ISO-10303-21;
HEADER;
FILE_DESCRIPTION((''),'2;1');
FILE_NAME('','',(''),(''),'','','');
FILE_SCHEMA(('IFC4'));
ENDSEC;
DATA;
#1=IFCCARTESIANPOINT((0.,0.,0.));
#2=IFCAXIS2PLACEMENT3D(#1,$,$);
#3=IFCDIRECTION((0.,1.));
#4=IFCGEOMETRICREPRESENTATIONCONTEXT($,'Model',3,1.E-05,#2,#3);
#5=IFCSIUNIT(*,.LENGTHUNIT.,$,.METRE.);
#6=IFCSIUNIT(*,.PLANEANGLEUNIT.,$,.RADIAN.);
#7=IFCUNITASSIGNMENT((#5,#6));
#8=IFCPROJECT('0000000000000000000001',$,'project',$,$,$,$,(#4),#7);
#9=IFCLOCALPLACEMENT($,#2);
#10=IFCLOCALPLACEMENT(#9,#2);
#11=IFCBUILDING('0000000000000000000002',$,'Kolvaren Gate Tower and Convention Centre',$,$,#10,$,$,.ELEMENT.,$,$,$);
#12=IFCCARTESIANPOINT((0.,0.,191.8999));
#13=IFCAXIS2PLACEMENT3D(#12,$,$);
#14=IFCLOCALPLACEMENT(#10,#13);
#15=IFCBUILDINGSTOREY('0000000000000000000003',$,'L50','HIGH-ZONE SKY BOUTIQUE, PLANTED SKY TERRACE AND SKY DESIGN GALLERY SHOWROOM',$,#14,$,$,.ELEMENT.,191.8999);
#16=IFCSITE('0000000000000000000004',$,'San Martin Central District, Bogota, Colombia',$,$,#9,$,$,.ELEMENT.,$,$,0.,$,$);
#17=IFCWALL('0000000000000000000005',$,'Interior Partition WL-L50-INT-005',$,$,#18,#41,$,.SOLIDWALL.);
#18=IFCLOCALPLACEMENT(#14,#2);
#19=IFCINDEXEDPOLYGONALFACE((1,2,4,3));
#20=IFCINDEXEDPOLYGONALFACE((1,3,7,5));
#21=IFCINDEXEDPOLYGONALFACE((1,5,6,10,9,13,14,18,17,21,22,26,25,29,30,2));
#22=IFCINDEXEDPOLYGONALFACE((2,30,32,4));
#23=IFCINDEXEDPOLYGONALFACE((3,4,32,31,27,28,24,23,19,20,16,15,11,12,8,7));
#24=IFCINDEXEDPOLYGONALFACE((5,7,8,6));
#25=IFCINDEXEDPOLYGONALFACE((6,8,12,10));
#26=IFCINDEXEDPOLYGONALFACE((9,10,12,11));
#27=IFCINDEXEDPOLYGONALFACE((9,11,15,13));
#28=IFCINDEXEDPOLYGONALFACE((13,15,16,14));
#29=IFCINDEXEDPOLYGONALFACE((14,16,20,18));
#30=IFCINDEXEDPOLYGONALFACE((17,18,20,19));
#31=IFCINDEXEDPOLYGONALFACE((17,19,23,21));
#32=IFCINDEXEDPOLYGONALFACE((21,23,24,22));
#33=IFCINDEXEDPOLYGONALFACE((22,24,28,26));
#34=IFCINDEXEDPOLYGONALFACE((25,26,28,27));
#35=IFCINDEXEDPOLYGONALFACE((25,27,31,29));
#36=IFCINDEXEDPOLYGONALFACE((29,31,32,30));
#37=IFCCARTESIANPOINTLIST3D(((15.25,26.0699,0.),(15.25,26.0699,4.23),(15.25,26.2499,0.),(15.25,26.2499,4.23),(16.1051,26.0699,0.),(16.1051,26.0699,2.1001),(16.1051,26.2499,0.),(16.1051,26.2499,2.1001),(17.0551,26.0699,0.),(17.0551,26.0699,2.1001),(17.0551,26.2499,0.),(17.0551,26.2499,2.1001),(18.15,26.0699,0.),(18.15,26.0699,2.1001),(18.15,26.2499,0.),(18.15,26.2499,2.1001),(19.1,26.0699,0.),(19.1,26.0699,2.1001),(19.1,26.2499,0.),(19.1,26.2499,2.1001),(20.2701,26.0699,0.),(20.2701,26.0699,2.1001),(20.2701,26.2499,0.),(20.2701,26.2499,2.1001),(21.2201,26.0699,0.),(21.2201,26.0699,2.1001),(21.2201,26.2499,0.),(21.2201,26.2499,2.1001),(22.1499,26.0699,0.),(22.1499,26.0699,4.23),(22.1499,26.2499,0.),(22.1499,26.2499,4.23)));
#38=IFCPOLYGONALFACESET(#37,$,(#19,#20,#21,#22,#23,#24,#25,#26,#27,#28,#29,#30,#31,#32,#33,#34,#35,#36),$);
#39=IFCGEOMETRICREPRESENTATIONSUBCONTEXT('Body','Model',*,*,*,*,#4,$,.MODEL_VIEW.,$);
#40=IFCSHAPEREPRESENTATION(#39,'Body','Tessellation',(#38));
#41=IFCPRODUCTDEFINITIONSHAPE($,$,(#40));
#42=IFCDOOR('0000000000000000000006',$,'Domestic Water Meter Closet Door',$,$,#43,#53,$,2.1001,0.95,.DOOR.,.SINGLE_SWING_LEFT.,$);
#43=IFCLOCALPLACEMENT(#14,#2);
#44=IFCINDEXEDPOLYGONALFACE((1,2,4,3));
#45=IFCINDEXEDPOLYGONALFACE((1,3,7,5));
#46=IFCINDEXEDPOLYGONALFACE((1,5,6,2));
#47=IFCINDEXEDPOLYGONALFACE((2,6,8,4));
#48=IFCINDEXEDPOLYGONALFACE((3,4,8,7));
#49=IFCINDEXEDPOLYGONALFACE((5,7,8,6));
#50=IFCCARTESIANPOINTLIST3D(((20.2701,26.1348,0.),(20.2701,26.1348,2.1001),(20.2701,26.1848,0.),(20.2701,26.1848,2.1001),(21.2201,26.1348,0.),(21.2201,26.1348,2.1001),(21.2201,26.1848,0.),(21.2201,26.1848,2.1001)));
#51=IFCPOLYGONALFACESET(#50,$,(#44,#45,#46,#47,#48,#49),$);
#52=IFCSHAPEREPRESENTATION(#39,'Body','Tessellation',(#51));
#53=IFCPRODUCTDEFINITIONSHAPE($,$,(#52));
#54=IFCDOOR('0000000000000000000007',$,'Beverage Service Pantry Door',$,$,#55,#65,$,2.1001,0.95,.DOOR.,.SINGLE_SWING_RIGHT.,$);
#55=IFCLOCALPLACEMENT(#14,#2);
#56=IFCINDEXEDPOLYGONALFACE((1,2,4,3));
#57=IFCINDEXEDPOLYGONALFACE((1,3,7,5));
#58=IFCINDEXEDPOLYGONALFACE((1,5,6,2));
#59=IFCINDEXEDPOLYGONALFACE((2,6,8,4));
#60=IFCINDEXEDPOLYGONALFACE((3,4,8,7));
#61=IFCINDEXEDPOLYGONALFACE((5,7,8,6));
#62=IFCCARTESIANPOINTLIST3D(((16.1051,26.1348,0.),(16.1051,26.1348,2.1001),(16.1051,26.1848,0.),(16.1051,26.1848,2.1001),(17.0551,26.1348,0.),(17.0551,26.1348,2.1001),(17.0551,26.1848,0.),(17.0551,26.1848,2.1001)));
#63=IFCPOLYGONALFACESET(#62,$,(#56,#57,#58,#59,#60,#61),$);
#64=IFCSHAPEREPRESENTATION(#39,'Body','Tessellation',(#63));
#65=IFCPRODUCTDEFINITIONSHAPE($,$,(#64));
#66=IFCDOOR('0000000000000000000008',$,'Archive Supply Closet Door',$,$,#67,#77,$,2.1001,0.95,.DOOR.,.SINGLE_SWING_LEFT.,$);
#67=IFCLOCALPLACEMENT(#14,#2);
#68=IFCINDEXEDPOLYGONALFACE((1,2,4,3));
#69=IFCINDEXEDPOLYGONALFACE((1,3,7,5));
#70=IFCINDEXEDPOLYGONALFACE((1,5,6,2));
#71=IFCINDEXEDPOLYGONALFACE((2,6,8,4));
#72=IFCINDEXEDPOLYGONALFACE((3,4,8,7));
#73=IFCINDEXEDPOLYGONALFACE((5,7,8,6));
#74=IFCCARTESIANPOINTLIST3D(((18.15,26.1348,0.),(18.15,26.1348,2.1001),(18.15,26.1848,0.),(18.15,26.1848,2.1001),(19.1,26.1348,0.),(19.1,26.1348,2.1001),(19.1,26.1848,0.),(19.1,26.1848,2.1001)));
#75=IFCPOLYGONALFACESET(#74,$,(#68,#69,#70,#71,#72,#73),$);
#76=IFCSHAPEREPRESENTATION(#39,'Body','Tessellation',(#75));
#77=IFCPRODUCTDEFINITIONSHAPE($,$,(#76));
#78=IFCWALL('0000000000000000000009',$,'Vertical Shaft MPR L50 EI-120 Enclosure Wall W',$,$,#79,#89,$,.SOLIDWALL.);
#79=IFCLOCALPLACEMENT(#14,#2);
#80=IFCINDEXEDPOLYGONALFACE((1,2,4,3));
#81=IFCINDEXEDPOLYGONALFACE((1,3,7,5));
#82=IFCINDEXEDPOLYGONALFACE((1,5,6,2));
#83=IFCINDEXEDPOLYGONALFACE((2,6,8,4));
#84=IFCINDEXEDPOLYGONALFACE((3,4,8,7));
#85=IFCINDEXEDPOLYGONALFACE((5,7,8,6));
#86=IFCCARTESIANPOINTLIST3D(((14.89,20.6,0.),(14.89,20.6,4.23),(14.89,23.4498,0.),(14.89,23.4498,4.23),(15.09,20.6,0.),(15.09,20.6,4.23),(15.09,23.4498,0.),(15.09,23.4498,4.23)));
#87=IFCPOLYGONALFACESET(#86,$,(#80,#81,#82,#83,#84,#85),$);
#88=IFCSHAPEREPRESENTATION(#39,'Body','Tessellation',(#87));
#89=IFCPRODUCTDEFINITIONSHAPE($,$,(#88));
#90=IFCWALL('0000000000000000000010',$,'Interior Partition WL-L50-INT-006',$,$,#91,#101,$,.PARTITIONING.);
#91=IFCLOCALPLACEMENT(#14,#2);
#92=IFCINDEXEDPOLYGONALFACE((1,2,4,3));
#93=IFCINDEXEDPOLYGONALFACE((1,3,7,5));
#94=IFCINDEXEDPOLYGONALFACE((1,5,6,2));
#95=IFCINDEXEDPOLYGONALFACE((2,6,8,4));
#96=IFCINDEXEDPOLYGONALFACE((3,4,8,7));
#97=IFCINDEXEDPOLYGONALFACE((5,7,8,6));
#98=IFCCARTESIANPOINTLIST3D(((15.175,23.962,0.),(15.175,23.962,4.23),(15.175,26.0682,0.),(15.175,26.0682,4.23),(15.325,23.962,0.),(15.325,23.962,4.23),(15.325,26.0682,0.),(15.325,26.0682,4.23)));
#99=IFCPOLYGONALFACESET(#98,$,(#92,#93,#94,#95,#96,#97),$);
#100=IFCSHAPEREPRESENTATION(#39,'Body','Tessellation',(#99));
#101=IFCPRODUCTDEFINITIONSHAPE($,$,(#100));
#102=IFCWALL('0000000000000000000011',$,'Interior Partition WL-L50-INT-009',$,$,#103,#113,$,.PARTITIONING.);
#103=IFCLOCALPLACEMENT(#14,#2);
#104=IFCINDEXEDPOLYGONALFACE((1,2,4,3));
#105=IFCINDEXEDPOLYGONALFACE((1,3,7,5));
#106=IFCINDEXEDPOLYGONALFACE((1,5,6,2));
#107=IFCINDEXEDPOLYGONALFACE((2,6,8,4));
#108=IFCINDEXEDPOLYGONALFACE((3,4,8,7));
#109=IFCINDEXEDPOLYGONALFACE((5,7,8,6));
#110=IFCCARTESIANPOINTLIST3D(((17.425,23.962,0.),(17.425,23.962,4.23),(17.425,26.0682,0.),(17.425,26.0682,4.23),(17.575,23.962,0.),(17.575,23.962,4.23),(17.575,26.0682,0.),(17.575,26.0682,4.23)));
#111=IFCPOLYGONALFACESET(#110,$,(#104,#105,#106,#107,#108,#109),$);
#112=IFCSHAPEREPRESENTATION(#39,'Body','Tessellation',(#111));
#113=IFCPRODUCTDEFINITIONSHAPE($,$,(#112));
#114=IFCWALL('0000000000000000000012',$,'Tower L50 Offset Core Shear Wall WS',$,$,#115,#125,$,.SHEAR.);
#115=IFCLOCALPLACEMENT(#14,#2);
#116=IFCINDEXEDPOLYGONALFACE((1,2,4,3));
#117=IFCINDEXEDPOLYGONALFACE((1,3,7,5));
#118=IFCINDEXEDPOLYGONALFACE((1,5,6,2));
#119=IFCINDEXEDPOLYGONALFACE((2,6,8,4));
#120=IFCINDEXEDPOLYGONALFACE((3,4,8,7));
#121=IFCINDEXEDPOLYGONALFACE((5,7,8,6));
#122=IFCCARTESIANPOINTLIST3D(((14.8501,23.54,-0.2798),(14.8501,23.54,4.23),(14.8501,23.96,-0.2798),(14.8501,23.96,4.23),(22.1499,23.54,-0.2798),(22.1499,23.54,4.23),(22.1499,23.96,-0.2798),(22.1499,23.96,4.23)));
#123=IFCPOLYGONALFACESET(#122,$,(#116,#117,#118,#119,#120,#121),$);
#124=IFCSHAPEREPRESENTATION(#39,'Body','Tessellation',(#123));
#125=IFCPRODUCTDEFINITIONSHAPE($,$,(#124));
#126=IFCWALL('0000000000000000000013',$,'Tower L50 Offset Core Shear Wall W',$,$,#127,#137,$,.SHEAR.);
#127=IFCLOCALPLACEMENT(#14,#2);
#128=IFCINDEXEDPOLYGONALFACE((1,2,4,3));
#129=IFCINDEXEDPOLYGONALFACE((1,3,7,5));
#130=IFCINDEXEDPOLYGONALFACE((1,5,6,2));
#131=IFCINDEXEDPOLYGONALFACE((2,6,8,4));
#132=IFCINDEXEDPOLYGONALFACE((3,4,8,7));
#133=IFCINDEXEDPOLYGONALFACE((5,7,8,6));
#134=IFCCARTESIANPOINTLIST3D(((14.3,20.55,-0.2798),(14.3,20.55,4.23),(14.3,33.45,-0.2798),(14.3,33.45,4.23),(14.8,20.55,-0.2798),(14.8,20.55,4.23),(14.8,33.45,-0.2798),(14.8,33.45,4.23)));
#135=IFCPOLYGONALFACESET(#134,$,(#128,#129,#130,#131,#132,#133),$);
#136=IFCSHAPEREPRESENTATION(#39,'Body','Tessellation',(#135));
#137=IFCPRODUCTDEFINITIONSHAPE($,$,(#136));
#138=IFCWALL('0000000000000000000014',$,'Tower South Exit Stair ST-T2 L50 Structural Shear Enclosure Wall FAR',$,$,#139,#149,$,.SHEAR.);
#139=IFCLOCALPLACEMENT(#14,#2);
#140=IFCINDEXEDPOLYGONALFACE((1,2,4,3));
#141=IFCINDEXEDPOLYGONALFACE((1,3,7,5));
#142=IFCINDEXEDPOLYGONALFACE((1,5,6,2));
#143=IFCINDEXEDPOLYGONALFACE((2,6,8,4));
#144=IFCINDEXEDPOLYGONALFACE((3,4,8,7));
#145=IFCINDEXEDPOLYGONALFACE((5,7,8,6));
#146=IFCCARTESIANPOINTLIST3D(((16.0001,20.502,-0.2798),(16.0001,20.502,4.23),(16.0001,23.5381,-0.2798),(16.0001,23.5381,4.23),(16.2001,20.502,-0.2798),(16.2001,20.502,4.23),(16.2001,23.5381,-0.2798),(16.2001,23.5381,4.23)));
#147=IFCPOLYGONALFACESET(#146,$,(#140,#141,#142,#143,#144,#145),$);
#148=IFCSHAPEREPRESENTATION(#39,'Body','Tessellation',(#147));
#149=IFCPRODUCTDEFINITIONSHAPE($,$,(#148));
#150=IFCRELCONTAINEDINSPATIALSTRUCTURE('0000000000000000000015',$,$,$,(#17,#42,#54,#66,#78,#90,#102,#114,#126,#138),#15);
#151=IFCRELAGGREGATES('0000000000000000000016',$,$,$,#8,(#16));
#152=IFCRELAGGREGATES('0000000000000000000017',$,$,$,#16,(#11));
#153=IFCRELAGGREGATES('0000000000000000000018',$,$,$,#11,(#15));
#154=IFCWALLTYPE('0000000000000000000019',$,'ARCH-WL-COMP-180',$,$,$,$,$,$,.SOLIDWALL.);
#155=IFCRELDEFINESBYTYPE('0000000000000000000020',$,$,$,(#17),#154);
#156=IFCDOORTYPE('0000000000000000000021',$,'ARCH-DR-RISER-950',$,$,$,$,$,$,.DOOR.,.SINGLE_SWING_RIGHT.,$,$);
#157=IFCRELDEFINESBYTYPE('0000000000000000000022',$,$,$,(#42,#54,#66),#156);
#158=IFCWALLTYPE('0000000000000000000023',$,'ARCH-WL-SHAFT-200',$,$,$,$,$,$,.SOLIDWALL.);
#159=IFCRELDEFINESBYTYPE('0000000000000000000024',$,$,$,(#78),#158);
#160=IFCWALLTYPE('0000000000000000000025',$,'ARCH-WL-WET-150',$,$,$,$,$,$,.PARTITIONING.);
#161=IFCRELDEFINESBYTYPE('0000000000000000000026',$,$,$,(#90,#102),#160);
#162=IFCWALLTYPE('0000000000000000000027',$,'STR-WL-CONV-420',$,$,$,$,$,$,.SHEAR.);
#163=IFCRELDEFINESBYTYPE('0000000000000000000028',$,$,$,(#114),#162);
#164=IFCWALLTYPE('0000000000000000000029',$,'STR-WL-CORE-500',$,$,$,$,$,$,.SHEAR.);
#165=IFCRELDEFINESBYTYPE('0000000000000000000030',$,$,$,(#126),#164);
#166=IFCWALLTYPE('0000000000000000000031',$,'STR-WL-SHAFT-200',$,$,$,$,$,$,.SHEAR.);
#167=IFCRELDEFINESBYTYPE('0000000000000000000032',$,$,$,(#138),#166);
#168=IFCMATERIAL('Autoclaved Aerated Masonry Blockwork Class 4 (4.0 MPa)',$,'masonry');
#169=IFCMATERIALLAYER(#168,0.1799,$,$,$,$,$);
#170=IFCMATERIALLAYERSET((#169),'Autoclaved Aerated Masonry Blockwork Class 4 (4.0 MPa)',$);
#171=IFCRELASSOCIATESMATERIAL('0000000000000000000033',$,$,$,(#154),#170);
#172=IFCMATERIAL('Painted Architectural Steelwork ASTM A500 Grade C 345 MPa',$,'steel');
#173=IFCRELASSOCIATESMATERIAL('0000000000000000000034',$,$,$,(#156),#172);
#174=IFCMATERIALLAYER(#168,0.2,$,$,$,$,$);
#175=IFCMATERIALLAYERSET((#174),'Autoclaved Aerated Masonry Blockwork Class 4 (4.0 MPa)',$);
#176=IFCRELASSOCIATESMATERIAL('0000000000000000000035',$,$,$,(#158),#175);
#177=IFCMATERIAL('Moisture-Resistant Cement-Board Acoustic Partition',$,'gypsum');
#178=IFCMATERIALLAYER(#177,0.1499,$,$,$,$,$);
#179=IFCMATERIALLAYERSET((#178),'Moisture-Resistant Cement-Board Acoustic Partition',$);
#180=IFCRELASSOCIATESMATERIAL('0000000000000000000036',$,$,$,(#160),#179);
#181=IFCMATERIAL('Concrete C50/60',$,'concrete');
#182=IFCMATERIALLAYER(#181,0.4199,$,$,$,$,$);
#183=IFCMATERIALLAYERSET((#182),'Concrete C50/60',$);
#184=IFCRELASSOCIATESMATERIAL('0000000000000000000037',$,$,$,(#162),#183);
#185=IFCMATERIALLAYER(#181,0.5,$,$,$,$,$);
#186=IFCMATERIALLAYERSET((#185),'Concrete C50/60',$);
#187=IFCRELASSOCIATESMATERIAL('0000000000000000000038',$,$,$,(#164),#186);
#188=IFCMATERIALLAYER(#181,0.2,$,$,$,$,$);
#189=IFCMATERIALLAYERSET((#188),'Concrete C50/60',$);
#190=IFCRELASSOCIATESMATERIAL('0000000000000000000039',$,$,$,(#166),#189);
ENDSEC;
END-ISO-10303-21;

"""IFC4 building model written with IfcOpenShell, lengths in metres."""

from ifc_helpers import new_model, si_unit, direction, frame, frame_2d, origin, place, context, subcontext, project, spatial, rectangle, extrude, material, layer, layer_set, type_object, element, fill, save


model = new_model("IFC4")

# Units and contexts
model_context = context("Model", 3, precision=1e-05, world=origin(), true_north=direction((0.0, 1.0)))
body_context = subcontext(model_context, "Body", "Model", "MODEL_VIEW")
ifc_project = project(units=[si_unit("LENGTHUNIT", "METRE"), si_unit("PLANEANGLEUNIT", "RADIAN")], contexts=[model_context])

# Site, building, storey
site_placement = place(None, origin())
site = spatial("IfcSite", under=ifc_project, at=site_placement, Name="San Martin Central District, Bogota, Colombia", CompositionType="ELEMENT", RefElevation=0.0)
building_placement = place(site_placement, origin())
building = spatial("IfcBuilding", under=site, at=building_placement, Name="Kolvaren Gate Tower and Convention Centre", CompositionType="ELEMENT")
storey_placement = place(building_placement, frame((0.0, 0.0, 191.8999)))
storey = spatial("IfcBuildingStorey", under=building, at=storey_placement, Name="L50", Description="HIGH-ZONE SKY BOUTIQUE, PLANTED SKY TERRACE AND SKY DESIGN GALLERY SHOWROOM", CompositionType="ELEMENT", Elevation=191.8999)

# Wall, openings, doors
ifc_material_1 = material(Name="Autoclaved Aerated Masonry Blockwork Class 4 (4.0 MPa)", Category="masonry")
ifc_layer_1 = layer(ifc_material_1, 0.1799)
ifc_layer_set_1 = layer_set([ifc_layer_1], Name="Autoclaved Aerated Masonry Blockwork Class 4 (4.0 MPa)")
wall_type_1 = type_object("IfcWallType", Name="ARCH-WL-COMP-180", PredefinedType="SOLIDWALL", material=ifc_layer_set_1)
wall_1_placement = place(storey_placement, frame((15.25, 26.1599, 0.0), z_axis=(0.0, 0.0, 1.0), x_axis=(1.0, 0.0, 0.0)))
wall_1 = element("IfcWall", 1, at=wall_1_placement, inside=storey, type_object=wall_type_1, Name="Interior Partition WL-L50-INT-005", PredefinedType="SOLIDWALL", context=body_context, shape_type="SweptSolid", body=[
    extrude(rectangle(XDim=6.8999, YDim=0.1799, at=frame_2d((3.45, 0.0))), origin(), (0.0, 0.0, 1.0), 4.23),
])
opening_1_placement = place(wall_1_placement, frame((5.02, 0.0, 0.0)))
opening_1 = element("IfcOpeningElement", 2, at=opening_1_placement, cuts=wall_1, PredefinedType="OPENING", context=body_context, shape_type="SweptSolid", body=[
    extrude(rectangle(XDim=0.95, YDim=2.1001, at=frame_2d((0.4751, 1.05))), frame((0.0, 0.0999, 0.0), z_axis=(0.0, -1.0, 0.0), x_axis=(1.0, 0.0, 0.0)), (0.0, 0.0, 1.0), 0.2),
])
opening_2_placement = place(wall_1_placement, frame((0.855, 0.0, 0.0)))
opening_2 = element("IfcOpeningElement", 3, at=opening_2_placement, cuts=wall_1, PredefinedType="OPENING", context=body_context, shape_type="SweptSolid", body=[
    extrude(rectangle(XDim=0.95, YDim=2.1001, at=frame_2d((0.4751, 1.05))), frame((0.0, 0.0999, 0.0), z_axis=(0.0, -1.0, 0.0), x_axis=(1.0, 0.0, 0.0)), (0.0, 0.0, 1.0), 0.2),
])
opening_3_placement = place(wall_1_placement, frame((2.8999, 0.0, 0.0)))
opening_3 = element("IfcOpeningElement", 4, at=opening_3_placement, cuts=wall_1, PredefinedType="OPENING", context=body_context, shape_type="SweptSolid", body=[
    extrude(rectangle(XDim=0.95, YDim=2.1001, at=frame_2d((0.4751, 1.05))), frame((0.0, 0.0999, 0.0), z_axis=(0.0, -1.0, 0.0), x_axis=(1.0, 0.0, 0.0)), (0.0, 0.0, 1.0), 0.2),
])
ifc_material_2 = material(Name="Painted Architectural Steelwork ASTM A500 Grade C 345 MPa", Category="steel")
door_type = type_object("IfcDoorType", Name="ARCH-DR-RISER-950", OperationType="SINGLE_SWING_RIGHT", PredefinedType="DOOR", material=ifc_material_2)
door_1_placement = place(opening_1_placement, origin())
door_1 = element("IfcDoor", 5, at=door_1_placement, inside=storey, type_object=door_type, Name="Domestic Water Meter Closet Door", OperationType="SINGLE_SWING_LEFT", OverallHeight=2.1001, OverallWidth=0.95, PredefinedType="DOOR", context=body_context, shape_type="SweptSolid", body=[
    extrude(rectangle(XDim=0.95, YDim=2.1001, at=frame_2d((0.4751, 1.05))), frame((0.0, 0.0249, 0.0), z_axis=(0.0, -1.0, 0.0), x_axis=(1.0, 0.0, 0.0)), (0.0, 0.0, 1.0), 0.05),
])
fill(opening_1, door_1)
door_2_placement = place(opening_2_placement, origin())
door_2 = element("IfcDoor", 6, at=door_2_placement, inside=storey, type_object=door_type, Name="Beverage Service Pantry Door", OperationType="SINGLE_SWING_RIGHT", OverallHeight=2.1001, OverallWidth=0.95, PredefinedType="DOOR", context=body_context, shape_type="SweptSolid", body=[
    extrude(rectangle(XDim=0.95, YDim=2.1001, at=frame_2d((0.4751, 1.05))), frame((0.0, 0.0249, 0.0), z_axis=(0.0, -1.0, 0.0), x_axis=(1.0, 0.0, 0.0)), (0.0, 0.0, 1.0), 0.05),
])
fill(opening_2, door_2)
door_3_placement = place(opening_3_placement, origin())
door_3 = element("IfcDoor", 7, at=door_3_placement, inside=storey, type_object=door_type, Name="Archive Supply Closet Door", OperationType="SINGLE_SWING_LEFT", OverallHeight=2.1001, OverallWidth=0.95, PredefinedType="DOOR", context=body_context, shape_type="SweptSolid", body=[
    extrude(rectangle(XDim=0.95, YDim=2.1001, at=frame_2d((0.4751, 1.05))), frame((0.0, 0.0249, 0.0), z_axis=(0.0, -1.0, 0.0), x_axis=(1.0, 0.0, 0.0)), (0.0, 0.0, 1.0), 0.05),
])
fill(opening_3, door_3)

# Walls
ifc_layer_2 = layer(ifc_material_1, 0.2)
ifc_layer_set_2 = layer_set([ifc_layer_2], Name="Autoclaved Aerated Masonry Blockwork Class 4 (4.0 MPa)")
wall_type_2 = type_object("IfcWallType", Name="ARCH-WL-SHAFT-200", PredefinedType="SOLIDWALL", material=ifc_layer_set_2)
wall_2_placement = place(storey_placement, frame((14.99, 20.6001, 0.0), z_axis=(0.0, 0.0, 1.0), x_axis=(0.0, 1.0, 0.0)))
element("IfcWall", 8, at=wall_2_placement, inside=storey, type_object=wall_type_2, Name="Vertical Shaft MPR L50 EI-120 Enclosure Wall W", PredefinedType="SOLIDWALL", context=body_context, shape_type="SweptSolid", body=[
    extrude(rectangle(XDim=2.8499, YDim=0.2, at=frame_2d((1.4248, 0.0))), origin(), (0.0, 0.0, 1.0), 4.23),
])
ifc_material_3 = material(Name="Moisture-Resistant Cement-Board Acoustic Partition", Category="gypsum")
ifc_layer_3 = layer(ifc_material_3, 0.1499)
ifc_layer_set_3 = layer_set([ifc_layer_3], Name="Moisture-Resistant Cement-Board Acoustic Partition")
wall_type_3 = type_object("IfcWallType", Name="ARCH-WL-WET-150", PredefinedType="PARTITIONING", material=ifc_layer_set_3)
for number, where, z_axis, x_axis, name in (
    (9, (15.25, 23.9619, 0.0), (0.0, 0.0, 1.0), (0.0, 1.0, 0.0), "Interior Partition WL-L50-INT-006"),
    (10, (17.5, 23.9619, 0.0), (0.0, 0.0, 1.0), (0.0, 1.0, 0.0), "Interior Partition WL-L50-INT-009"),
):
    element("IfcWall", number, at=place(storey_placement, frame(where, z_axis=z_axis, x_axis=x_axis)), inside=storey, type_object=wall_type_3, Name=name, PredefinedType="PARTITIONING", context=body_context, shape_type="SweptSolid", body=[
        extrude(rectangle(XDim=2.1062, YDim=0.1499, at=frame_2d((1.0532, 0.0))), origin(), (0.0, 0.0, 1.0), 4.23),
    ])
ifc_material_4 = material(Name="Concrete C50/60", Category="concrete")
ifc_layer_4 = layer(ifc_material_4, 0.4199)
ifc_layer_set_4 = layer_set([ifc_layer_4], Name="Concrete C50/60")
wall_type_4 = type_object("IfcWallType", Name="STR-WL-CONV-420", PredefinedType="SHEAR", material=ifc_layer_set_4)
wall_3_placement = place(storey_placement, frame((14.8501, 23.75, -0.2798), z_axis=(0.0, 0.0, 1.0), x_axis=(1.0, 0.0, 0.0)))
element("IfcWall", 11, at=wall_3_placement, inside=storey, type_object=wall_type_4, Name="Tower L50 Offset Core Shear Wall WS", PredefinedType="SHEAR", context=body_context, shape_type="SweptSolid", body=[
    extrude(rectangle(XDim=7.2998, YDim=0.4199, at=frame_2d((3.6499, 0.0))), origin(), (0.0, 0.0, 1.0), 4.5098),
])
ifc_layer_5 = layer(ifc_material_4, 0.5)
ifc_layer_set_5 = layer_set([ifc_layer_5], Name="Concrete C50/60")
wall_type_5 = type_object("IfcWallType", Name="STR-WL-CORE-500", PredefinedType="SHEAR", material=ifc_layer_set_5)
wall_4_placement = place(storey_placement, frame((14.55, 20.55, -0.2798), z_axis=(0.0, 0.0, 1.0), x_axis=(0.0, 1.0, 0.0)))
element("IfcWall", 12, at=wall_4_placement, inside=storey, type_object=wall_type_5, Name="Tower L50 Offset Core Shear Wall W", PredefinedType="SHEAR", context=body_context, shape_type="SweptSolid", body=[
    extrude(rectangle(XDim=12.8999, YDim=0.5, at=frame_2d((6.45, 0.0))), origin(), (0.0, 0.0, 1.0), 4.5098),
])
ifc_layer_6 = layer(ifc_material_4, 0.2)
ifc_layer_set_6 = layer_set([ifc_layer_6], Name="Concrete C50/60")
wall_type_6 = type_object("IfcWallType", Name="STR-WL-SHAFT-200", PredefinedType="SHEAR", material=ifc_layer_set_6)
wall_5_placement = place(storey_placement, frame((16.1001, 20.502, -0.2798), z_axis=(0.0, 0.0, 1.0), x_axis=(0.0, 1.0, 0.0)))
element("IfcWall", 13, at=wall_5_placement, inside=storey, type_object=wall_type_6, Name="Tower South Exit Stair ST-T2 L50 Structural Shear Enclosure Wall FAR", PredefinedType="SHEAR", context=body_context, shape_type="SweptSolid", body=[
    extrude(rectangle(XDim=3.0361, YDim=0.2, at=frame_2d((1.5181, 0.0))), origin(), (0.0, 0.0, 1.0), 4.5098),
])

save(model, "model.ifc")
